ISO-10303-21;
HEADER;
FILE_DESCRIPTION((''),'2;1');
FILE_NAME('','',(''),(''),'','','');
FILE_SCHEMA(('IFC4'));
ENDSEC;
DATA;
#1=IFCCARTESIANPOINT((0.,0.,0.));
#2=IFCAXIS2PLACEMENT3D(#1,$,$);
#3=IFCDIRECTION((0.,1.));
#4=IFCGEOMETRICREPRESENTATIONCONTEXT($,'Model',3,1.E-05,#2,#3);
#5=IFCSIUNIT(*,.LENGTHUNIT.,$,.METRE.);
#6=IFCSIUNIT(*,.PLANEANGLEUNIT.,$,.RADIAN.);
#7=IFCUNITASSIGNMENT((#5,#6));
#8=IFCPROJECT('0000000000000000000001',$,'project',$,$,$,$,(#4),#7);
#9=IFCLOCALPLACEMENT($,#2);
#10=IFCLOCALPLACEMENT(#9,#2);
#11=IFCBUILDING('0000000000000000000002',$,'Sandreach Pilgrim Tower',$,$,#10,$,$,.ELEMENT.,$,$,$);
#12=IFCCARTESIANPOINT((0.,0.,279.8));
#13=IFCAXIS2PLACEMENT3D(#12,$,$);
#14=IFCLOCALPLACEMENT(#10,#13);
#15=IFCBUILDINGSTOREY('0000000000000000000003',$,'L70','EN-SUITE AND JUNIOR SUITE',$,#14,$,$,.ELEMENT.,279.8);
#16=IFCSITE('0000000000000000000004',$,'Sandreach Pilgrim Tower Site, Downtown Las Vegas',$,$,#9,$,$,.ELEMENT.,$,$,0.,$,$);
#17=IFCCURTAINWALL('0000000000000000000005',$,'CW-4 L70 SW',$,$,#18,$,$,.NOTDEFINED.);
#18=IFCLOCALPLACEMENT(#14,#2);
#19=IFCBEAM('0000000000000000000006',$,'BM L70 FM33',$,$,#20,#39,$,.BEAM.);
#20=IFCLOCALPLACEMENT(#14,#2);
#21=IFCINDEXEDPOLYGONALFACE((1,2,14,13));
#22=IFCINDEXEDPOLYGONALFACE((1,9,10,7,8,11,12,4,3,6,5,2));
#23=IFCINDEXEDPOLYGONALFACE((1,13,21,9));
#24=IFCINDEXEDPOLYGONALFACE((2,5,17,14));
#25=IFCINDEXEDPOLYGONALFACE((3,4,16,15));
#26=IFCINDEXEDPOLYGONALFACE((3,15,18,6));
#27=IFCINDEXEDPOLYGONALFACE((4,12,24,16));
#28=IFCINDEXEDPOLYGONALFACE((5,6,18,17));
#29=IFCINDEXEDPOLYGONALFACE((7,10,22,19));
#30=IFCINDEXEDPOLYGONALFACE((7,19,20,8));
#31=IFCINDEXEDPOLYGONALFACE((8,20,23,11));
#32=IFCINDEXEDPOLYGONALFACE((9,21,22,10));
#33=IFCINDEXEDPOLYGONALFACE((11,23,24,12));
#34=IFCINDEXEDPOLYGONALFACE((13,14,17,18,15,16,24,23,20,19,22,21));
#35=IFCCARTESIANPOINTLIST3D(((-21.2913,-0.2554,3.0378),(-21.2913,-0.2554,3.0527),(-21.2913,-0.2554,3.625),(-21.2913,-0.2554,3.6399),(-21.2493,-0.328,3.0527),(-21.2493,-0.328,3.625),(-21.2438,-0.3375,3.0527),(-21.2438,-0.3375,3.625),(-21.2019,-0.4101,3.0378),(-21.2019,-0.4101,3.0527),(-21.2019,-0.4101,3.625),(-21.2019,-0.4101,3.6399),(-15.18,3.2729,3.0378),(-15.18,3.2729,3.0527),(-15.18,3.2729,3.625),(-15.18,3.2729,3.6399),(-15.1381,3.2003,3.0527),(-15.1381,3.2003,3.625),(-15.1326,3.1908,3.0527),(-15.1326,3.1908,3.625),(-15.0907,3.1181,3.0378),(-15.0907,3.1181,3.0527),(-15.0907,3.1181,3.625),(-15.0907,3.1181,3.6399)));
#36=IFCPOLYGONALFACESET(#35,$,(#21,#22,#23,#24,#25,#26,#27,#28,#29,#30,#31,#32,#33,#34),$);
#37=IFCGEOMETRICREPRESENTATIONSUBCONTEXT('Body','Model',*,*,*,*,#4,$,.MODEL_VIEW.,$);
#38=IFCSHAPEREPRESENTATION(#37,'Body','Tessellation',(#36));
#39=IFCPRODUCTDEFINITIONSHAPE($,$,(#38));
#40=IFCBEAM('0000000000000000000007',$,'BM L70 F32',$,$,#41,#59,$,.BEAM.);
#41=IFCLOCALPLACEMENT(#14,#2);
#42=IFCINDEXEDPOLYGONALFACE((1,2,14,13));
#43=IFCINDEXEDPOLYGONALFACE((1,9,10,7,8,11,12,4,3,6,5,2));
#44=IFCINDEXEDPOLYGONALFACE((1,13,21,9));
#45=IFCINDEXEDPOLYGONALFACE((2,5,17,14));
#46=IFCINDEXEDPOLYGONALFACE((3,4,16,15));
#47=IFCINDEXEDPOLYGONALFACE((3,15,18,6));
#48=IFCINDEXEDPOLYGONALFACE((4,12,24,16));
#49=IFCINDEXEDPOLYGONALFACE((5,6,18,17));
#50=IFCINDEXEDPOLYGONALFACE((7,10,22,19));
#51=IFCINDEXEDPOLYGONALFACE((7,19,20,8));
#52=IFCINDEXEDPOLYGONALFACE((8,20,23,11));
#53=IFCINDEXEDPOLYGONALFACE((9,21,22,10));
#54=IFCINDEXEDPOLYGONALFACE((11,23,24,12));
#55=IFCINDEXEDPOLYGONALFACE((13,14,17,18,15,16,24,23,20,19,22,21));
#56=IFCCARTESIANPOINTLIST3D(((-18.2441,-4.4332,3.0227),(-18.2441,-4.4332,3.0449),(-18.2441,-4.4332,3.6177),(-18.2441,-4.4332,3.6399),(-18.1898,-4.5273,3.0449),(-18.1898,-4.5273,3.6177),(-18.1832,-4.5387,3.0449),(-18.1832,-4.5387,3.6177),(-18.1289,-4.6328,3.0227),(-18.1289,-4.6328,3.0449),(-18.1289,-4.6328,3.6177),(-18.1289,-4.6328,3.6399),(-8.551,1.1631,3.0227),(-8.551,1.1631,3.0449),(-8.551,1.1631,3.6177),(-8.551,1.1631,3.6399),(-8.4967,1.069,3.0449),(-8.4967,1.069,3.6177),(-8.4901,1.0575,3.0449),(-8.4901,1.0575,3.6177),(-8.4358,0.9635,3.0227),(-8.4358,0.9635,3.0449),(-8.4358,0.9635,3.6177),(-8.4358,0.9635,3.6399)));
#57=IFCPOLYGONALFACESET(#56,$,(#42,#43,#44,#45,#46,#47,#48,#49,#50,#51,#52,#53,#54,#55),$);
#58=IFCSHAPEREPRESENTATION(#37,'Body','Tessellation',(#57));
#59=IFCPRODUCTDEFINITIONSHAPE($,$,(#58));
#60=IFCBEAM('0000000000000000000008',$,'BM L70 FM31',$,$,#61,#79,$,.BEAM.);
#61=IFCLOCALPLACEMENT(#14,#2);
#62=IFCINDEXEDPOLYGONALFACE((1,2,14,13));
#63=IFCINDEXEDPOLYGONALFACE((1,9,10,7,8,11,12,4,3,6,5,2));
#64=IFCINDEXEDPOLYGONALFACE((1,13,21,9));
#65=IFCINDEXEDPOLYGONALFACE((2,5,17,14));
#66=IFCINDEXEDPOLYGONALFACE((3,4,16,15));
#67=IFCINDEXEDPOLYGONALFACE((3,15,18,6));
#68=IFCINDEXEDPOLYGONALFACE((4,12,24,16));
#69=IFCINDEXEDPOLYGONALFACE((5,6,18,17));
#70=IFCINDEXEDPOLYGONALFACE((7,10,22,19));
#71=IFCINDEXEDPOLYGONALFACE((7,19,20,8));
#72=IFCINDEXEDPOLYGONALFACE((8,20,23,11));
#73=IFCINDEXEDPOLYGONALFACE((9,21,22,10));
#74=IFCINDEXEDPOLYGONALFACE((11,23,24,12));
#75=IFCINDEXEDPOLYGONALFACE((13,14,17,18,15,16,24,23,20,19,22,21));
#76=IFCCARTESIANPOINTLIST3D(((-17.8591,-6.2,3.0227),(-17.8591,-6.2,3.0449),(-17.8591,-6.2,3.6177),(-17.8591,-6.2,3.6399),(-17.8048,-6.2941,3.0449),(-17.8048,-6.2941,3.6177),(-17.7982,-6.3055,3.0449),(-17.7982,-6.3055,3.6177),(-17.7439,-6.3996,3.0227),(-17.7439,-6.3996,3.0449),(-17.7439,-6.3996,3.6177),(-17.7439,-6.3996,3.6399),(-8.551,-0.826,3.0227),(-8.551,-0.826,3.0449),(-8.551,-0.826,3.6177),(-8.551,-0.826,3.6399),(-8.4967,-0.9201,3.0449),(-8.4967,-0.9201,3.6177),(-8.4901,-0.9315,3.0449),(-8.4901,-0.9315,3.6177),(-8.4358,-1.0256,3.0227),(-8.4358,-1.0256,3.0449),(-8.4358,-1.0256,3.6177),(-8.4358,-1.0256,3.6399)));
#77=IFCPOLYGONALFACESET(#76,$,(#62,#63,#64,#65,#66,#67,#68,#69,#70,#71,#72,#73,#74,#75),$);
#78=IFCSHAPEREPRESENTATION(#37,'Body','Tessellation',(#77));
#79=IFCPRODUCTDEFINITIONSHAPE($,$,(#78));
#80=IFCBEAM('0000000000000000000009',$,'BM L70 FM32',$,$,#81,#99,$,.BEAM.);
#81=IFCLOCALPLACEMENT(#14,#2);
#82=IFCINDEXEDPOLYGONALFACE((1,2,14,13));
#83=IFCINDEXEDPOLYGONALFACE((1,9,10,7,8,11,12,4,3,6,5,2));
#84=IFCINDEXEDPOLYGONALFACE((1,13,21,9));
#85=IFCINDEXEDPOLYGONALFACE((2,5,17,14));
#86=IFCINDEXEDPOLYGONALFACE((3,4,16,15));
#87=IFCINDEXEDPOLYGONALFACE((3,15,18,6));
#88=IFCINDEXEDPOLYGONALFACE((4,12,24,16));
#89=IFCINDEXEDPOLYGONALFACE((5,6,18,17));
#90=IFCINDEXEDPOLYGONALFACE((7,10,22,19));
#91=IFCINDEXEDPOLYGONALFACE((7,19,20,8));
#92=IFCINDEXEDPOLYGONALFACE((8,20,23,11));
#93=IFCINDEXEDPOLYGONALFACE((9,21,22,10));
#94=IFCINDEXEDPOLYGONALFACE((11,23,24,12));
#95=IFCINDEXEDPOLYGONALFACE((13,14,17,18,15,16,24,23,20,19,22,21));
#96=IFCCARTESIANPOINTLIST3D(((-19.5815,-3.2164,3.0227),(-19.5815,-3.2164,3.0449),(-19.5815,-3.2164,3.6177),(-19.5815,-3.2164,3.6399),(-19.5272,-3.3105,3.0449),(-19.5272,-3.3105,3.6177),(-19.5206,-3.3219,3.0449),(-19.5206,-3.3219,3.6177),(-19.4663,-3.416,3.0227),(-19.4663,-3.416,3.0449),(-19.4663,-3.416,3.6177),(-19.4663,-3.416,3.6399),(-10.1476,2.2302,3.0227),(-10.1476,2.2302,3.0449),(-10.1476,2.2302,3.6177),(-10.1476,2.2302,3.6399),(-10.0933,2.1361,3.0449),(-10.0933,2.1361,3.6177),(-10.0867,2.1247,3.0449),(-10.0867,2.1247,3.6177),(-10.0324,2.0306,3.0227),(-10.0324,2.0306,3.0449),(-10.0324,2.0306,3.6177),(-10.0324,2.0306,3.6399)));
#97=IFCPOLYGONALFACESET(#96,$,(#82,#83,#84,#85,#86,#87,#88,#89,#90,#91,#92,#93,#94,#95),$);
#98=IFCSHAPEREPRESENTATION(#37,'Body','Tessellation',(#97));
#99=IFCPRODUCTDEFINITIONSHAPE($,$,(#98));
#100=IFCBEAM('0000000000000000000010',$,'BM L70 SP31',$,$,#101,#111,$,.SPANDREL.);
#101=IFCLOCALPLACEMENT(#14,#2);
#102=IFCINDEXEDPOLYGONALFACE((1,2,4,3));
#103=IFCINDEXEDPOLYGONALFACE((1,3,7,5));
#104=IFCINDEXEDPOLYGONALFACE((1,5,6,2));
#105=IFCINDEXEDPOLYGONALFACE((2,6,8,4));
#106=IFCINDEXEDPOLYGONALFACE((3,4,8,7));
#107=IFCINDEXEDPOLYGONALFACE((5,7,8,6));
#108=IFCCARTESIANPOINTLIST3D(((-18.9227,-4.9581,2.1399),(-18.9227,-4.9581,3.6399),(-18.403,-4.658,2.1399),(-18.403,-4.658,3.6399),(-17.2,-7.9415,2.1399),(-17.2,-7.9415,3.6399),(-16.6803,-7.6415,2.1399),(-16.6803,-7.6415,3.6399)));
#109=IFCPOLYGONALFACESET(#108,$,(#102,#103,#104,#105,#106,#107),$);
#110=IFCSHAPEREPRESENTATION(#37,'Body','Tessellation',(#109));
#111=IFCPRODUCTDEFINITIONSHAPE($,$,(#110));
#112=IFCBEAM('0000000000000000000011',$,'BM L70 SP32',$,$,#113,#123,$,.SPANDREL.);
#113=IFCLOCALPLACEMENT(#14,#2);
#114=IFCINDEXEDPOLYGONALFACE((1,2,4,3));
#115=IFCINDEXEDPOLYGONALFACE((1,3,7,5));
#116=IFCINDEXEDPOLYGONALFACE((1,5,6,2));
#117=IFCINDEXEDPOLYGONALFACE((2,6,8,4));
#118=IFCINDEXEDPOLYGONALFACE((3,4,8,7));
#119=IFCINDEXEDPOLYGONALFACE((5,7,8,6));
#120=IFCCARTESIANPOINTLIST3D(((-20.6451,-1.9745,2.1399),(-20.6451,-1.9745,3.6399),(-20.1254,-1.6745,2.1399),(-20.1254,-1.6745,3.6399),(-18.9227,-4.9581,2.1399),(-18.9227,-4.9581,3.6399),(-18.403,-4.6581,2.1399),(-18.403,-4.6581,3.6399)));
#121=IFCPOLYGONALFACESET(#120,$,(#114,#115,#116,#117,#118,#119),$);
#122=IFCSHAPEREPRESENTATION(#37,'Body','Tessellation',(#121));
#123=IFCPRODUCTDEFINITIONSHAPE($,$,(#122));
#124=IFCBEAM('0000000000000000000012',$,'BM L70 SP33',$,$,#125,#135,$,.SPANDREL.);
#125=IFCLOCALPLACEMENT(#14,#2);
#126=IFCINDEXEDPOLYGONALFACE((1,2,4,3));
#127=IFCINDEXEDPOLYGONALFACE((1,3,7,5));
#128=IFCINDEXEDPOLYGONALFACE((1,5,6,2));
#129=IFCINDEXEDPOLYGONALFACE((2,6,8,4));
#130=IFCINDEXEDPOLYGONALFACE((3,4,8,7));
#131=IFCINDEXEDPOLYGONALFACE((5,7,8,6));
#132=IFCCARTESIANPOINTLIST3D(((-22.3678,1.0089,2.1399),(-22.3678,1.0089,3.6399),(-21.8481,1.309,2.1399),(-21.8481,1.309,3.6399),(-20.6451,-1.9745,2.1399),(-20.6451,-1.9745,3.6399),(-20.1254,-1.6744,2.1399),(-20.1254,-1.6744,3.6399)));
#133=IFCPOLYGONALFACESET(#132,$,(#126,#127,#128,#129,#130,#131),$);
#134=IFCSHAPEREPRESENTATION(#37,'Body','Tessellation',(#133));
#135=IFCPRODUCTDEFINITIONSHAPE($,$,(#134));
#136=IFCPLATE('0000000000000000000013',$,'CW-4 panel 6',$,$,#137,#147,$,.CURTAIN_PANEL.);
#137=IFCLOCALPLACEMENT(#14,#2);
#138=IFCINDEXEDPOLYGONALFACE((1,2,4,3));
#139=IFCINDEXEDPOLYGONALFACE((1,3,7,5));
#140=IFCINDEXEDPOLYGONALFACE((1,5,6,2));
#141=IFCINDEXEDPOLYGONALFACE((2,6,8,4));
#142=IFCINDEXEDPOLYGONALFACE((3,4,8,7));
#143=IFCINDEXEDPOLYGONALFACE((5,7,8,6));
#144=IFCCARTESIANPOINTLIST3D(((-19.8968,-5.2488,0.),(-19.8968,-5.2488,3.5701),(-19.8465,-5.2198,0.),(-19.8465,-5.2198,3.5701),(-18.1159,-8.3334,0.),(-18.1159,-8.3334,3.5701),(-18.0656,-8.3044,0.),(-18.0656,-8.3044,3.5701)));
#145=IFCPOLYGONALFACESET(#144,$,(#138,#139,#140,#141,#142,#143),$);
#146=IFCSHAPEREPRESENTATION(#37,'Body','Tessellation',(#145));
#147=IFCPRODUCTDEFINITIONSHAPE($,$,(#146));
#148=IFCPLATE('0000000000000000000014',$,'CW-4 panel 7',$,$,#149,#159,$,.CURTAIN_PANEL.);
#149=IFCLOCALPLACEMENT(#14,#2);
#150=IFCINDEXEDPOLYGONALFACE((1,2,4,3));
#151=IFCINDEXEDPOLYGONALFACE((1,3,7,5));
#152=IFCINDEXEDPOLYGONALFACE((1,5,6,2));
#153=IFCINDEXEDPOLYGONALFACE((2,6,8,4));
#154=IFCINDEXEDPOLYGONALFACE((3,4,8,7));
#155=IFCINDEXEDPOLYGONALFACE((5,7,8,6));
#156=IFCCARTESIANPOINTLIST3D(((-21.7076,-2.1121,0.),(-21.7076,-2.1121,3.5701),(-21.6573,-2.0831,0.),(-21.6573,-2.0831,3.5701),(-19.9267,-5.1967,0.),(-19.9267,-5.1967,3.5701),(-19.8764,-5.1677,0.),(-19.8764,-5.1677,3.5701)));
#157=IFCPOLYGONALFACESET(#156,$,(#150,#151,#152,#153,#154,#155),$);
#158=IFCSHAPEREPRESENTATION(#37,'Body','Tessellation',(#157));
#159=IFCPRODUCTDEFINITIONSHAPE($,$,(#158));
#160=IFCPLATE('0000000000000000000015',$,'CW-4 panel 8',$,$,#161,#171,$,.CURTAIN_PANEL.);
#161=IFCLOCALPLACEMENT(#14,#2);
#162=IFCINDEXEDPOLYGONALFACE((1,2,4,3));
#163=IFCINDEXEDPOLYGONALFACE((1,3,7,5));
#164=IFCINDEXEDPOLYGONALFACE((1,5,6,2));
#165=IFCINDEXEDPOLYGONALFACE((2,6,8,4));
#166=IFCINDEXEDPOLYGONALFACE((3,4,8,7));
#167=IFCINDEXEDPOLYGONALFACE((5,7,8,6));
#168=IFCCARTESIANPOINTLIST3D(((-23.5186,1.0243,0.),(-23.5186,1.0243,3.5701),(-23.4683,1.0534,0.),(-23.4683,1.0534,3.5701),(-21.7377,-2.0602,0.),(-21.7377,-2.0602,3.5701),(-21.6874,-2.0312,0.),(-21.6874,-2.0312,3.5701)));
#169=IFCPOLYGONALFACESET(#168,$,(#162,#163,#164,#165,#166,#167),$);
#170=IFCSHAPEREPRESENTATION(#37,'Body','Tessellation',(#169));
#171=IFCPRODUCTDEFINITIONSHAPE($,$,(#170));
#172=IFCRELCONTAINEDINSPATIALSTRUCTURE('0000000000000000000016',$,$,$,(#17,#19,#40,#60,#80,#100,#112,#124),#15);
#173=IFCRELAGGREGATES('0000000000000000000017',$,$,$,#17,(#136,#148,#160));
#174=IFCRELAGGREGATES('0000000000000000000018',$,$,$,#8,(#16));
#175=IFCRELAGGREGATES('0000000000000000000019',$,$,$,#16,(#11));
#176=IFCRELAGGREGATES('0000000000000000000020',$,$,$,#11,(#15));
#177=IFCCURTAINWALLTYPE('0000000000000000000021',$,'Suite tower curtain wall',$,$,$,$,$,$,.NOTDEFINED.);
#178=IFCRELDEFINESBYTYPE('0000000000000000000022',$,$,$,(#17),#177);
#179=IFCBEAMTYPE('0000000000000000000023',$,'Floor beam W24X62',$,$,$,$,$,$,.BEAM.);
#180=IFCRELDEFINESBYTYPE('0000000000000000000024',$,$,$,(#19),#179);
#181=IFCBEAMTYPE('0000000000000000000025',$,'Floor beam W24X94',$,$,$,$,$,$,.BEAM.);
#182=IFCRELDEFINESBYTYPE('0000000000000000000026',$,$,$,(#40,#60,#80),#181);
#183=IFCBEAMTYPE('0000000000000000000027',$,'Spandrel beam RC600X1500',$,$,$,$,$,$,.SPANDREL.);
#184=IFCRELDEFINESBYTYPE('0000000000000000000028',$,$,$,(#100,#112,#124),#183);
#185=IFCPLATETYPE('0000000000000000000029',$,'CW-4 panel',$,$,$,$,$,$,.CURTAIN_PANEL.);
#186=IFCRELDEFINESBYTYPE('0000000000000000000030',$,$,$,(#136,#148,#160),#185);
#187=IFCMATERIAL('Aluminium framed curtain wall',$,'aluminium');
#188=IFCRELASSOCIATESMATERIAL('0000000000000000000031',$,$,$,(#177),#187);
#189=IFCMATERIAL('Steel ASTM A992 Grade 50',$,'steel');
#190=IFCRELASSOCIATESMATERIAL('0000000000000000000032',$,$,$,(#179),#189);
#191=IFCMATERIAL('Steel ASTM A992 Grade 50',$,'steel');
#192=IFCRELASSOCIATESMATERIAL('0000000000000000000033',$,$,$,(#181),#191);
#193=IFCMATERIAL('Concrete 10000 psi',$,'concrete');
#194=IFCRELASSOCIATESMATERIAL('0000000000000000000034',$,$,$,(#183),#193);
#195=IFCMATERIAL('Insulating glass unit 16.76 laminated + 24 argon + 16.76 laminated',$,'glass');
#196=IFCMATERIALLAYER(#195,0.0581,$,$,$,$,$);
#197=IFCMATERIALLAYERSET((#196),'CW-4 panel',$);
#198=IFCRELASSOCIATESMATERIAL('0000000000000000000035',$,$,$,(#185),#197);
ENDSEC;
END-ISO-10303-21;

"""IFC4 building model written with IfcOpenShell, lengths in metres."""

from ifc_helpers import new_model, si_unit, direction, frame, origin, origin_2d, place, context, subcontext, project, spatial, rectangle, i_section, extrude, material, layer, layer_set, material_profile, profile_set, type_object, element, aggregate, save


model = new_model("IFC4")

# Units and contexts
model_context = context("Model", 3, precision=1e-05, world=origin(), true_north=direction((0.0, 1.0)))
body_context = subcontext(model_context, "Body", "Model", "MODEL_VIEW")
ifc_project = project(units=[si_unit("LENGTHUNIT", "METRE"), si_unit("PLANEANGLEUNIT", "RADIAN")], contexts=[model_context])

# Site, building, storey
site_placement = place(None, origin())
site = spatial("IfcSite", under=ifc_project, at=site_placement, Name="Sandreach Pilgrim Tower Site, Downtown Las Vegas", CompositionType="ELEMENT", RefElevation=0.0)
building_placement = place(site_placement, origin())
building = spatial("IfcBuilding", under=site, at=building_placement, Name="Sandreach Pilgrim Tower", CompositionType="ELEMENT")
storey_placement = place(building_placement, frame((0.0, 0.0, 279.8)))
storey = spatial("IfcBuildingStorey", under=building, at=storey_placement, Name="L70", Description="EN-SUITE AND JUNIOR SUITE", CompositionType="ELEMENT", Elevation=279.8)

# Curtain wall
ifc_material_1 = material(Name="Aluminium framed curtain wall", Category="aluminium")
curtain_wall_type = type_object("IfcCurtainWallType", Name="Suite tower curtain wall", PredefinedType="NOTDEFINED", material=ifc_material_1)
curtain_wall_placement = place(storey_placement, origin())
curtain_wall = element("IfcCurtainWall", 1, at=curtain_wall_placement, inside=storey, type_object=curtain_wall_type, Name="CW-4 L70 SW", PredefinedType="NOTDEFINED")

# Beams
ifc_material_2 = material(Name="Steel ASTM A992 Grade 50", Category="steel")
ifc_material_profile_1 = material_profile(ifc_material_2, i_section(OverallWidth=0.1787, OverallDepth=0.6021, WebThickness=0.011, FlangeThickness=0.0149, at=origin_2d()), Name="W24X62")
ifc_profile_set_1 = profile_set([ifc_material_profile_1], Name="Steel ASTM A992 Grade 50")
beam_type_1 = type_object("IfcBeamType", Name="Floor beam W24X62", PredefinedType="BEAM", material=ifc_profile_set_1)
beam_1_placement = place(storey_placement, frame((-21.2466, -0.3328, 3.3389), z_axis=(0.866029, 0.499994, 0.0), x_axis=(-0.499994, 0.866029, 0.0)))
element("IfcBeam", 2, at=beam_1_placement, inside=storey, type_object=beam_type_1, Name="BM L70 FM33", PredefinedType="BEAM", context=body_context, shape_type="SweptSolid", body=[
    extrude(i_section(OverallWidth=0.1787, OverallDepth=0.6021, WebThickness=0.011, FlangeThickness=0.0149, at=origin_2d()), origin(), (0.0, 0.0, 1.0), 7.0566),
])
ifc_material_3 = material(Name="Steel ASTM A992 Grade 50", Category="steel")
ifc_material_profile_2 = material_profile(ifc_material_3, i_section(OverallWidth=0.2305, OverallDepth=0.6172, WebThickness=0.0132, FlangeThickness=0.0222, at=origin_2d()), Name="W24X94")
ifc_profile_set_2 = profile_set([ifc_material_profile_2], Name="Steel ASTM A992 Grade 50")
beam_type_2 = type_object("IfcBeamType", Name="Floor beam W24X94", PredefinedType="BEAM", material=ifc_profile_set_2)
beam_2_placement = place(storey_placement, frame((-18.1865, -4.533, 3.3313), z_axis=(0.86603, 0.499991, 0.0), x_axis=(-0.499991, 0.86603, 0.0)))
element("IfcBeam", 3, at=beam_2_placement, inside=storey, type_object=beam_type_2, Name="BM L70 F32", PredefinedType="BEAM", context=body_context, shape_type="SweptSolid", body=[
    extrude(i_section(OverallWidth=0.2305, OverallDepth=0.6172, WebThickness=0.0132, FlangeThickness=0.0222, at=origin_2d()), origin(), (0.0, 0.0, 1.0), 11.1926),
])
beam_3_placement = place(storey_placement, frame((-17.8015, -6.2998, 3.3313), z_axis=(0.866026, 0.499999, 0.0), x_axis=(-0.499999, 0.866026, 0.0)))
element("IfcBeam", 4, at=beam_3_placement, inside=storey, type_object=beam_type_2, Name="BM L70 FM31", PredefinedType="BEAM", context=body_context, shape_type="SweptSolid", body=[
    extrude(i_section(OverallWidth=0.2305, OverallDepth=0.6172, WebThickness=0.0132, FlangeThickness=0.0222, at=origin_2d()), origin(), (0.0, 0.0, 1.0), 10.748),
])
beam_4_placement = place(storey_placement, frame((-19.5239, -3.3162, 3.3313), z_axis=(0.866029, 0.499993, 0.0), x_axis=(-0.499993, 0.866029, 0.0)))
element("IfcBeam", 5, at=beam_4_placement, inside=storey, type_object=beam_type_2, Name="BM L70 FM32", PredefinedType="BEAM", context=body_context, shape_type="SweptSolid", body=[
    extrude(i_section(OverallWidth=0.2305, OverallDepth=0.6172, WebThickness=0.0132, FlangeThickness=0.0222, at=origin_2d()), origin(), (0.0, 0.0, 1.0), 10.8933),
])
ifc_material_4 = material(Name="Concrete 10000 psi", Category="concrete")
ifc_material_profile_3 = material_profile(ifc_material_4, rectangle(XDim=0.6001, YDim=1.5, at=origin_2d()), Name="RC600X1500")
ifc_profile_set_3 = profile_set([ifc_material_profile_3], Name="Concrete 10000 psi")
beam_type_3 = type_object("IfcBeamType", Name="Spandrel beam RC600X1500", PredefinedType="SPANDREL", material=ifc_profile_set_3)
for number, where, z_axis, x_axis, name in (
    (6, (-16.9402, -7.7915, 2.8899), (-0.500041, 0.866001, 0.0), (-0.866001, -0.500041, 0.0), "BM L70 SP31"),
    (7, (-18.6628, -4.8081, 2.8899), (-0.499958, 0.86605, 0.0), (-0.86605, -0.499958, 0.0), "BM L70 SP32"),
    (8, (-20.3853, -1.8245, 2.8899), (-0.500041, 0.866001, 0.0), (-0.866001, -0.500041, 0.0), "BM L70 SP33"),
):
    element("IfcBeam", number, at=place(storey_placement, frame(where, z_axis=z_axis, x_axis=x_axis)), inside=storey, type_object=beam_type_3, Name=name, PredefinedType="SPANDREL", context=body_context, shape_type="SweptSolid", body=[
        extrude(rectangle(XDim=0.6001, YDim=1.5, at=origin_2d()), origin(), (0.0, 0.0, 1.0), 3.4451),
    ])

# Plates
ifc_material_5 = material(Name="Insulating glass unit 16.76 laminated + 24 argon + 16.76 laminated", Category="glass")
ifc_layer_1 = layer(ifc_material_5, 0.0581)
ifc_layer_set_1 = layer_set([ifc_layer_1], Name="CW-4 panel")
plate_type = type_object("IfcPlateType", Name="CW-4 panel", PredefinedType="CURTAIN_PANEL", material=ifc_layer_set_1)
plate_1_placement = place(storey_placement, frame((-18.9812, -6.7766, 0.0), z_axis=(0.0, 0.0, 1.0), x_axis=(-0.5, 0.866025, 0.0)))
plate_1 = element("IfcPlate", 9, at=plate_1_placement, type_object=plate_type, Name="CW-4 panel 6", PredefinedType="CURTAIN_PANEL", context=body_context, shape_type="SweptSolid", body=[
    extrude(rectangle(XDim=3.5618, YDim=0.0581, at=origin_2d()), origin(), (0.0, 0.0, 1.0), 3.5701),
])
plate_2_placement = place(storey_placement, frame((-20.792, -3.6399, 0.0), z_axis=(0.0, 0.0, 1.0), x_axis=(-0.5, 0.866025, 0.0)))
plate_2 = element("IfcPlate", 10, at=plate_2_placement, type_object=plate_type, Name="CW-4 panel 7", PredefinedType="CURTAIN_PANEL", context=body_context, shape_type="SweptSolid", body=[
    extrude(rectangle(XDim=3.5618, YDim=0.0581, at=origin_2d()), origin(), (0.0, 0.0, 1.0), 3.5701),
])
plate_3_placement = place(storey_placement, frame((-22.603, -0.5034, 0.0), z_axis=(0.0, 0.0, 1.0), x_axis=(-0.5, 0.866025, 0.0)))
plate_3 = element("IfcPlate", 11, at=plate_3_placement, type_object=plate_type, Name="CW-4 panel 8", PredefinedType="CURTAIN_PANEL", context=body_context, shape_type="SweptSolid", body=[
    extrude(rectangle(XDim=3.5618, YDim=0.0581, at=origin_2d()), origin(), (0.0, 0.0, 1.0), 3.5701),
])
aggregate(curtain_wall, [plate_1, plate_2, plate_3])

save(model, "model.ifc")
